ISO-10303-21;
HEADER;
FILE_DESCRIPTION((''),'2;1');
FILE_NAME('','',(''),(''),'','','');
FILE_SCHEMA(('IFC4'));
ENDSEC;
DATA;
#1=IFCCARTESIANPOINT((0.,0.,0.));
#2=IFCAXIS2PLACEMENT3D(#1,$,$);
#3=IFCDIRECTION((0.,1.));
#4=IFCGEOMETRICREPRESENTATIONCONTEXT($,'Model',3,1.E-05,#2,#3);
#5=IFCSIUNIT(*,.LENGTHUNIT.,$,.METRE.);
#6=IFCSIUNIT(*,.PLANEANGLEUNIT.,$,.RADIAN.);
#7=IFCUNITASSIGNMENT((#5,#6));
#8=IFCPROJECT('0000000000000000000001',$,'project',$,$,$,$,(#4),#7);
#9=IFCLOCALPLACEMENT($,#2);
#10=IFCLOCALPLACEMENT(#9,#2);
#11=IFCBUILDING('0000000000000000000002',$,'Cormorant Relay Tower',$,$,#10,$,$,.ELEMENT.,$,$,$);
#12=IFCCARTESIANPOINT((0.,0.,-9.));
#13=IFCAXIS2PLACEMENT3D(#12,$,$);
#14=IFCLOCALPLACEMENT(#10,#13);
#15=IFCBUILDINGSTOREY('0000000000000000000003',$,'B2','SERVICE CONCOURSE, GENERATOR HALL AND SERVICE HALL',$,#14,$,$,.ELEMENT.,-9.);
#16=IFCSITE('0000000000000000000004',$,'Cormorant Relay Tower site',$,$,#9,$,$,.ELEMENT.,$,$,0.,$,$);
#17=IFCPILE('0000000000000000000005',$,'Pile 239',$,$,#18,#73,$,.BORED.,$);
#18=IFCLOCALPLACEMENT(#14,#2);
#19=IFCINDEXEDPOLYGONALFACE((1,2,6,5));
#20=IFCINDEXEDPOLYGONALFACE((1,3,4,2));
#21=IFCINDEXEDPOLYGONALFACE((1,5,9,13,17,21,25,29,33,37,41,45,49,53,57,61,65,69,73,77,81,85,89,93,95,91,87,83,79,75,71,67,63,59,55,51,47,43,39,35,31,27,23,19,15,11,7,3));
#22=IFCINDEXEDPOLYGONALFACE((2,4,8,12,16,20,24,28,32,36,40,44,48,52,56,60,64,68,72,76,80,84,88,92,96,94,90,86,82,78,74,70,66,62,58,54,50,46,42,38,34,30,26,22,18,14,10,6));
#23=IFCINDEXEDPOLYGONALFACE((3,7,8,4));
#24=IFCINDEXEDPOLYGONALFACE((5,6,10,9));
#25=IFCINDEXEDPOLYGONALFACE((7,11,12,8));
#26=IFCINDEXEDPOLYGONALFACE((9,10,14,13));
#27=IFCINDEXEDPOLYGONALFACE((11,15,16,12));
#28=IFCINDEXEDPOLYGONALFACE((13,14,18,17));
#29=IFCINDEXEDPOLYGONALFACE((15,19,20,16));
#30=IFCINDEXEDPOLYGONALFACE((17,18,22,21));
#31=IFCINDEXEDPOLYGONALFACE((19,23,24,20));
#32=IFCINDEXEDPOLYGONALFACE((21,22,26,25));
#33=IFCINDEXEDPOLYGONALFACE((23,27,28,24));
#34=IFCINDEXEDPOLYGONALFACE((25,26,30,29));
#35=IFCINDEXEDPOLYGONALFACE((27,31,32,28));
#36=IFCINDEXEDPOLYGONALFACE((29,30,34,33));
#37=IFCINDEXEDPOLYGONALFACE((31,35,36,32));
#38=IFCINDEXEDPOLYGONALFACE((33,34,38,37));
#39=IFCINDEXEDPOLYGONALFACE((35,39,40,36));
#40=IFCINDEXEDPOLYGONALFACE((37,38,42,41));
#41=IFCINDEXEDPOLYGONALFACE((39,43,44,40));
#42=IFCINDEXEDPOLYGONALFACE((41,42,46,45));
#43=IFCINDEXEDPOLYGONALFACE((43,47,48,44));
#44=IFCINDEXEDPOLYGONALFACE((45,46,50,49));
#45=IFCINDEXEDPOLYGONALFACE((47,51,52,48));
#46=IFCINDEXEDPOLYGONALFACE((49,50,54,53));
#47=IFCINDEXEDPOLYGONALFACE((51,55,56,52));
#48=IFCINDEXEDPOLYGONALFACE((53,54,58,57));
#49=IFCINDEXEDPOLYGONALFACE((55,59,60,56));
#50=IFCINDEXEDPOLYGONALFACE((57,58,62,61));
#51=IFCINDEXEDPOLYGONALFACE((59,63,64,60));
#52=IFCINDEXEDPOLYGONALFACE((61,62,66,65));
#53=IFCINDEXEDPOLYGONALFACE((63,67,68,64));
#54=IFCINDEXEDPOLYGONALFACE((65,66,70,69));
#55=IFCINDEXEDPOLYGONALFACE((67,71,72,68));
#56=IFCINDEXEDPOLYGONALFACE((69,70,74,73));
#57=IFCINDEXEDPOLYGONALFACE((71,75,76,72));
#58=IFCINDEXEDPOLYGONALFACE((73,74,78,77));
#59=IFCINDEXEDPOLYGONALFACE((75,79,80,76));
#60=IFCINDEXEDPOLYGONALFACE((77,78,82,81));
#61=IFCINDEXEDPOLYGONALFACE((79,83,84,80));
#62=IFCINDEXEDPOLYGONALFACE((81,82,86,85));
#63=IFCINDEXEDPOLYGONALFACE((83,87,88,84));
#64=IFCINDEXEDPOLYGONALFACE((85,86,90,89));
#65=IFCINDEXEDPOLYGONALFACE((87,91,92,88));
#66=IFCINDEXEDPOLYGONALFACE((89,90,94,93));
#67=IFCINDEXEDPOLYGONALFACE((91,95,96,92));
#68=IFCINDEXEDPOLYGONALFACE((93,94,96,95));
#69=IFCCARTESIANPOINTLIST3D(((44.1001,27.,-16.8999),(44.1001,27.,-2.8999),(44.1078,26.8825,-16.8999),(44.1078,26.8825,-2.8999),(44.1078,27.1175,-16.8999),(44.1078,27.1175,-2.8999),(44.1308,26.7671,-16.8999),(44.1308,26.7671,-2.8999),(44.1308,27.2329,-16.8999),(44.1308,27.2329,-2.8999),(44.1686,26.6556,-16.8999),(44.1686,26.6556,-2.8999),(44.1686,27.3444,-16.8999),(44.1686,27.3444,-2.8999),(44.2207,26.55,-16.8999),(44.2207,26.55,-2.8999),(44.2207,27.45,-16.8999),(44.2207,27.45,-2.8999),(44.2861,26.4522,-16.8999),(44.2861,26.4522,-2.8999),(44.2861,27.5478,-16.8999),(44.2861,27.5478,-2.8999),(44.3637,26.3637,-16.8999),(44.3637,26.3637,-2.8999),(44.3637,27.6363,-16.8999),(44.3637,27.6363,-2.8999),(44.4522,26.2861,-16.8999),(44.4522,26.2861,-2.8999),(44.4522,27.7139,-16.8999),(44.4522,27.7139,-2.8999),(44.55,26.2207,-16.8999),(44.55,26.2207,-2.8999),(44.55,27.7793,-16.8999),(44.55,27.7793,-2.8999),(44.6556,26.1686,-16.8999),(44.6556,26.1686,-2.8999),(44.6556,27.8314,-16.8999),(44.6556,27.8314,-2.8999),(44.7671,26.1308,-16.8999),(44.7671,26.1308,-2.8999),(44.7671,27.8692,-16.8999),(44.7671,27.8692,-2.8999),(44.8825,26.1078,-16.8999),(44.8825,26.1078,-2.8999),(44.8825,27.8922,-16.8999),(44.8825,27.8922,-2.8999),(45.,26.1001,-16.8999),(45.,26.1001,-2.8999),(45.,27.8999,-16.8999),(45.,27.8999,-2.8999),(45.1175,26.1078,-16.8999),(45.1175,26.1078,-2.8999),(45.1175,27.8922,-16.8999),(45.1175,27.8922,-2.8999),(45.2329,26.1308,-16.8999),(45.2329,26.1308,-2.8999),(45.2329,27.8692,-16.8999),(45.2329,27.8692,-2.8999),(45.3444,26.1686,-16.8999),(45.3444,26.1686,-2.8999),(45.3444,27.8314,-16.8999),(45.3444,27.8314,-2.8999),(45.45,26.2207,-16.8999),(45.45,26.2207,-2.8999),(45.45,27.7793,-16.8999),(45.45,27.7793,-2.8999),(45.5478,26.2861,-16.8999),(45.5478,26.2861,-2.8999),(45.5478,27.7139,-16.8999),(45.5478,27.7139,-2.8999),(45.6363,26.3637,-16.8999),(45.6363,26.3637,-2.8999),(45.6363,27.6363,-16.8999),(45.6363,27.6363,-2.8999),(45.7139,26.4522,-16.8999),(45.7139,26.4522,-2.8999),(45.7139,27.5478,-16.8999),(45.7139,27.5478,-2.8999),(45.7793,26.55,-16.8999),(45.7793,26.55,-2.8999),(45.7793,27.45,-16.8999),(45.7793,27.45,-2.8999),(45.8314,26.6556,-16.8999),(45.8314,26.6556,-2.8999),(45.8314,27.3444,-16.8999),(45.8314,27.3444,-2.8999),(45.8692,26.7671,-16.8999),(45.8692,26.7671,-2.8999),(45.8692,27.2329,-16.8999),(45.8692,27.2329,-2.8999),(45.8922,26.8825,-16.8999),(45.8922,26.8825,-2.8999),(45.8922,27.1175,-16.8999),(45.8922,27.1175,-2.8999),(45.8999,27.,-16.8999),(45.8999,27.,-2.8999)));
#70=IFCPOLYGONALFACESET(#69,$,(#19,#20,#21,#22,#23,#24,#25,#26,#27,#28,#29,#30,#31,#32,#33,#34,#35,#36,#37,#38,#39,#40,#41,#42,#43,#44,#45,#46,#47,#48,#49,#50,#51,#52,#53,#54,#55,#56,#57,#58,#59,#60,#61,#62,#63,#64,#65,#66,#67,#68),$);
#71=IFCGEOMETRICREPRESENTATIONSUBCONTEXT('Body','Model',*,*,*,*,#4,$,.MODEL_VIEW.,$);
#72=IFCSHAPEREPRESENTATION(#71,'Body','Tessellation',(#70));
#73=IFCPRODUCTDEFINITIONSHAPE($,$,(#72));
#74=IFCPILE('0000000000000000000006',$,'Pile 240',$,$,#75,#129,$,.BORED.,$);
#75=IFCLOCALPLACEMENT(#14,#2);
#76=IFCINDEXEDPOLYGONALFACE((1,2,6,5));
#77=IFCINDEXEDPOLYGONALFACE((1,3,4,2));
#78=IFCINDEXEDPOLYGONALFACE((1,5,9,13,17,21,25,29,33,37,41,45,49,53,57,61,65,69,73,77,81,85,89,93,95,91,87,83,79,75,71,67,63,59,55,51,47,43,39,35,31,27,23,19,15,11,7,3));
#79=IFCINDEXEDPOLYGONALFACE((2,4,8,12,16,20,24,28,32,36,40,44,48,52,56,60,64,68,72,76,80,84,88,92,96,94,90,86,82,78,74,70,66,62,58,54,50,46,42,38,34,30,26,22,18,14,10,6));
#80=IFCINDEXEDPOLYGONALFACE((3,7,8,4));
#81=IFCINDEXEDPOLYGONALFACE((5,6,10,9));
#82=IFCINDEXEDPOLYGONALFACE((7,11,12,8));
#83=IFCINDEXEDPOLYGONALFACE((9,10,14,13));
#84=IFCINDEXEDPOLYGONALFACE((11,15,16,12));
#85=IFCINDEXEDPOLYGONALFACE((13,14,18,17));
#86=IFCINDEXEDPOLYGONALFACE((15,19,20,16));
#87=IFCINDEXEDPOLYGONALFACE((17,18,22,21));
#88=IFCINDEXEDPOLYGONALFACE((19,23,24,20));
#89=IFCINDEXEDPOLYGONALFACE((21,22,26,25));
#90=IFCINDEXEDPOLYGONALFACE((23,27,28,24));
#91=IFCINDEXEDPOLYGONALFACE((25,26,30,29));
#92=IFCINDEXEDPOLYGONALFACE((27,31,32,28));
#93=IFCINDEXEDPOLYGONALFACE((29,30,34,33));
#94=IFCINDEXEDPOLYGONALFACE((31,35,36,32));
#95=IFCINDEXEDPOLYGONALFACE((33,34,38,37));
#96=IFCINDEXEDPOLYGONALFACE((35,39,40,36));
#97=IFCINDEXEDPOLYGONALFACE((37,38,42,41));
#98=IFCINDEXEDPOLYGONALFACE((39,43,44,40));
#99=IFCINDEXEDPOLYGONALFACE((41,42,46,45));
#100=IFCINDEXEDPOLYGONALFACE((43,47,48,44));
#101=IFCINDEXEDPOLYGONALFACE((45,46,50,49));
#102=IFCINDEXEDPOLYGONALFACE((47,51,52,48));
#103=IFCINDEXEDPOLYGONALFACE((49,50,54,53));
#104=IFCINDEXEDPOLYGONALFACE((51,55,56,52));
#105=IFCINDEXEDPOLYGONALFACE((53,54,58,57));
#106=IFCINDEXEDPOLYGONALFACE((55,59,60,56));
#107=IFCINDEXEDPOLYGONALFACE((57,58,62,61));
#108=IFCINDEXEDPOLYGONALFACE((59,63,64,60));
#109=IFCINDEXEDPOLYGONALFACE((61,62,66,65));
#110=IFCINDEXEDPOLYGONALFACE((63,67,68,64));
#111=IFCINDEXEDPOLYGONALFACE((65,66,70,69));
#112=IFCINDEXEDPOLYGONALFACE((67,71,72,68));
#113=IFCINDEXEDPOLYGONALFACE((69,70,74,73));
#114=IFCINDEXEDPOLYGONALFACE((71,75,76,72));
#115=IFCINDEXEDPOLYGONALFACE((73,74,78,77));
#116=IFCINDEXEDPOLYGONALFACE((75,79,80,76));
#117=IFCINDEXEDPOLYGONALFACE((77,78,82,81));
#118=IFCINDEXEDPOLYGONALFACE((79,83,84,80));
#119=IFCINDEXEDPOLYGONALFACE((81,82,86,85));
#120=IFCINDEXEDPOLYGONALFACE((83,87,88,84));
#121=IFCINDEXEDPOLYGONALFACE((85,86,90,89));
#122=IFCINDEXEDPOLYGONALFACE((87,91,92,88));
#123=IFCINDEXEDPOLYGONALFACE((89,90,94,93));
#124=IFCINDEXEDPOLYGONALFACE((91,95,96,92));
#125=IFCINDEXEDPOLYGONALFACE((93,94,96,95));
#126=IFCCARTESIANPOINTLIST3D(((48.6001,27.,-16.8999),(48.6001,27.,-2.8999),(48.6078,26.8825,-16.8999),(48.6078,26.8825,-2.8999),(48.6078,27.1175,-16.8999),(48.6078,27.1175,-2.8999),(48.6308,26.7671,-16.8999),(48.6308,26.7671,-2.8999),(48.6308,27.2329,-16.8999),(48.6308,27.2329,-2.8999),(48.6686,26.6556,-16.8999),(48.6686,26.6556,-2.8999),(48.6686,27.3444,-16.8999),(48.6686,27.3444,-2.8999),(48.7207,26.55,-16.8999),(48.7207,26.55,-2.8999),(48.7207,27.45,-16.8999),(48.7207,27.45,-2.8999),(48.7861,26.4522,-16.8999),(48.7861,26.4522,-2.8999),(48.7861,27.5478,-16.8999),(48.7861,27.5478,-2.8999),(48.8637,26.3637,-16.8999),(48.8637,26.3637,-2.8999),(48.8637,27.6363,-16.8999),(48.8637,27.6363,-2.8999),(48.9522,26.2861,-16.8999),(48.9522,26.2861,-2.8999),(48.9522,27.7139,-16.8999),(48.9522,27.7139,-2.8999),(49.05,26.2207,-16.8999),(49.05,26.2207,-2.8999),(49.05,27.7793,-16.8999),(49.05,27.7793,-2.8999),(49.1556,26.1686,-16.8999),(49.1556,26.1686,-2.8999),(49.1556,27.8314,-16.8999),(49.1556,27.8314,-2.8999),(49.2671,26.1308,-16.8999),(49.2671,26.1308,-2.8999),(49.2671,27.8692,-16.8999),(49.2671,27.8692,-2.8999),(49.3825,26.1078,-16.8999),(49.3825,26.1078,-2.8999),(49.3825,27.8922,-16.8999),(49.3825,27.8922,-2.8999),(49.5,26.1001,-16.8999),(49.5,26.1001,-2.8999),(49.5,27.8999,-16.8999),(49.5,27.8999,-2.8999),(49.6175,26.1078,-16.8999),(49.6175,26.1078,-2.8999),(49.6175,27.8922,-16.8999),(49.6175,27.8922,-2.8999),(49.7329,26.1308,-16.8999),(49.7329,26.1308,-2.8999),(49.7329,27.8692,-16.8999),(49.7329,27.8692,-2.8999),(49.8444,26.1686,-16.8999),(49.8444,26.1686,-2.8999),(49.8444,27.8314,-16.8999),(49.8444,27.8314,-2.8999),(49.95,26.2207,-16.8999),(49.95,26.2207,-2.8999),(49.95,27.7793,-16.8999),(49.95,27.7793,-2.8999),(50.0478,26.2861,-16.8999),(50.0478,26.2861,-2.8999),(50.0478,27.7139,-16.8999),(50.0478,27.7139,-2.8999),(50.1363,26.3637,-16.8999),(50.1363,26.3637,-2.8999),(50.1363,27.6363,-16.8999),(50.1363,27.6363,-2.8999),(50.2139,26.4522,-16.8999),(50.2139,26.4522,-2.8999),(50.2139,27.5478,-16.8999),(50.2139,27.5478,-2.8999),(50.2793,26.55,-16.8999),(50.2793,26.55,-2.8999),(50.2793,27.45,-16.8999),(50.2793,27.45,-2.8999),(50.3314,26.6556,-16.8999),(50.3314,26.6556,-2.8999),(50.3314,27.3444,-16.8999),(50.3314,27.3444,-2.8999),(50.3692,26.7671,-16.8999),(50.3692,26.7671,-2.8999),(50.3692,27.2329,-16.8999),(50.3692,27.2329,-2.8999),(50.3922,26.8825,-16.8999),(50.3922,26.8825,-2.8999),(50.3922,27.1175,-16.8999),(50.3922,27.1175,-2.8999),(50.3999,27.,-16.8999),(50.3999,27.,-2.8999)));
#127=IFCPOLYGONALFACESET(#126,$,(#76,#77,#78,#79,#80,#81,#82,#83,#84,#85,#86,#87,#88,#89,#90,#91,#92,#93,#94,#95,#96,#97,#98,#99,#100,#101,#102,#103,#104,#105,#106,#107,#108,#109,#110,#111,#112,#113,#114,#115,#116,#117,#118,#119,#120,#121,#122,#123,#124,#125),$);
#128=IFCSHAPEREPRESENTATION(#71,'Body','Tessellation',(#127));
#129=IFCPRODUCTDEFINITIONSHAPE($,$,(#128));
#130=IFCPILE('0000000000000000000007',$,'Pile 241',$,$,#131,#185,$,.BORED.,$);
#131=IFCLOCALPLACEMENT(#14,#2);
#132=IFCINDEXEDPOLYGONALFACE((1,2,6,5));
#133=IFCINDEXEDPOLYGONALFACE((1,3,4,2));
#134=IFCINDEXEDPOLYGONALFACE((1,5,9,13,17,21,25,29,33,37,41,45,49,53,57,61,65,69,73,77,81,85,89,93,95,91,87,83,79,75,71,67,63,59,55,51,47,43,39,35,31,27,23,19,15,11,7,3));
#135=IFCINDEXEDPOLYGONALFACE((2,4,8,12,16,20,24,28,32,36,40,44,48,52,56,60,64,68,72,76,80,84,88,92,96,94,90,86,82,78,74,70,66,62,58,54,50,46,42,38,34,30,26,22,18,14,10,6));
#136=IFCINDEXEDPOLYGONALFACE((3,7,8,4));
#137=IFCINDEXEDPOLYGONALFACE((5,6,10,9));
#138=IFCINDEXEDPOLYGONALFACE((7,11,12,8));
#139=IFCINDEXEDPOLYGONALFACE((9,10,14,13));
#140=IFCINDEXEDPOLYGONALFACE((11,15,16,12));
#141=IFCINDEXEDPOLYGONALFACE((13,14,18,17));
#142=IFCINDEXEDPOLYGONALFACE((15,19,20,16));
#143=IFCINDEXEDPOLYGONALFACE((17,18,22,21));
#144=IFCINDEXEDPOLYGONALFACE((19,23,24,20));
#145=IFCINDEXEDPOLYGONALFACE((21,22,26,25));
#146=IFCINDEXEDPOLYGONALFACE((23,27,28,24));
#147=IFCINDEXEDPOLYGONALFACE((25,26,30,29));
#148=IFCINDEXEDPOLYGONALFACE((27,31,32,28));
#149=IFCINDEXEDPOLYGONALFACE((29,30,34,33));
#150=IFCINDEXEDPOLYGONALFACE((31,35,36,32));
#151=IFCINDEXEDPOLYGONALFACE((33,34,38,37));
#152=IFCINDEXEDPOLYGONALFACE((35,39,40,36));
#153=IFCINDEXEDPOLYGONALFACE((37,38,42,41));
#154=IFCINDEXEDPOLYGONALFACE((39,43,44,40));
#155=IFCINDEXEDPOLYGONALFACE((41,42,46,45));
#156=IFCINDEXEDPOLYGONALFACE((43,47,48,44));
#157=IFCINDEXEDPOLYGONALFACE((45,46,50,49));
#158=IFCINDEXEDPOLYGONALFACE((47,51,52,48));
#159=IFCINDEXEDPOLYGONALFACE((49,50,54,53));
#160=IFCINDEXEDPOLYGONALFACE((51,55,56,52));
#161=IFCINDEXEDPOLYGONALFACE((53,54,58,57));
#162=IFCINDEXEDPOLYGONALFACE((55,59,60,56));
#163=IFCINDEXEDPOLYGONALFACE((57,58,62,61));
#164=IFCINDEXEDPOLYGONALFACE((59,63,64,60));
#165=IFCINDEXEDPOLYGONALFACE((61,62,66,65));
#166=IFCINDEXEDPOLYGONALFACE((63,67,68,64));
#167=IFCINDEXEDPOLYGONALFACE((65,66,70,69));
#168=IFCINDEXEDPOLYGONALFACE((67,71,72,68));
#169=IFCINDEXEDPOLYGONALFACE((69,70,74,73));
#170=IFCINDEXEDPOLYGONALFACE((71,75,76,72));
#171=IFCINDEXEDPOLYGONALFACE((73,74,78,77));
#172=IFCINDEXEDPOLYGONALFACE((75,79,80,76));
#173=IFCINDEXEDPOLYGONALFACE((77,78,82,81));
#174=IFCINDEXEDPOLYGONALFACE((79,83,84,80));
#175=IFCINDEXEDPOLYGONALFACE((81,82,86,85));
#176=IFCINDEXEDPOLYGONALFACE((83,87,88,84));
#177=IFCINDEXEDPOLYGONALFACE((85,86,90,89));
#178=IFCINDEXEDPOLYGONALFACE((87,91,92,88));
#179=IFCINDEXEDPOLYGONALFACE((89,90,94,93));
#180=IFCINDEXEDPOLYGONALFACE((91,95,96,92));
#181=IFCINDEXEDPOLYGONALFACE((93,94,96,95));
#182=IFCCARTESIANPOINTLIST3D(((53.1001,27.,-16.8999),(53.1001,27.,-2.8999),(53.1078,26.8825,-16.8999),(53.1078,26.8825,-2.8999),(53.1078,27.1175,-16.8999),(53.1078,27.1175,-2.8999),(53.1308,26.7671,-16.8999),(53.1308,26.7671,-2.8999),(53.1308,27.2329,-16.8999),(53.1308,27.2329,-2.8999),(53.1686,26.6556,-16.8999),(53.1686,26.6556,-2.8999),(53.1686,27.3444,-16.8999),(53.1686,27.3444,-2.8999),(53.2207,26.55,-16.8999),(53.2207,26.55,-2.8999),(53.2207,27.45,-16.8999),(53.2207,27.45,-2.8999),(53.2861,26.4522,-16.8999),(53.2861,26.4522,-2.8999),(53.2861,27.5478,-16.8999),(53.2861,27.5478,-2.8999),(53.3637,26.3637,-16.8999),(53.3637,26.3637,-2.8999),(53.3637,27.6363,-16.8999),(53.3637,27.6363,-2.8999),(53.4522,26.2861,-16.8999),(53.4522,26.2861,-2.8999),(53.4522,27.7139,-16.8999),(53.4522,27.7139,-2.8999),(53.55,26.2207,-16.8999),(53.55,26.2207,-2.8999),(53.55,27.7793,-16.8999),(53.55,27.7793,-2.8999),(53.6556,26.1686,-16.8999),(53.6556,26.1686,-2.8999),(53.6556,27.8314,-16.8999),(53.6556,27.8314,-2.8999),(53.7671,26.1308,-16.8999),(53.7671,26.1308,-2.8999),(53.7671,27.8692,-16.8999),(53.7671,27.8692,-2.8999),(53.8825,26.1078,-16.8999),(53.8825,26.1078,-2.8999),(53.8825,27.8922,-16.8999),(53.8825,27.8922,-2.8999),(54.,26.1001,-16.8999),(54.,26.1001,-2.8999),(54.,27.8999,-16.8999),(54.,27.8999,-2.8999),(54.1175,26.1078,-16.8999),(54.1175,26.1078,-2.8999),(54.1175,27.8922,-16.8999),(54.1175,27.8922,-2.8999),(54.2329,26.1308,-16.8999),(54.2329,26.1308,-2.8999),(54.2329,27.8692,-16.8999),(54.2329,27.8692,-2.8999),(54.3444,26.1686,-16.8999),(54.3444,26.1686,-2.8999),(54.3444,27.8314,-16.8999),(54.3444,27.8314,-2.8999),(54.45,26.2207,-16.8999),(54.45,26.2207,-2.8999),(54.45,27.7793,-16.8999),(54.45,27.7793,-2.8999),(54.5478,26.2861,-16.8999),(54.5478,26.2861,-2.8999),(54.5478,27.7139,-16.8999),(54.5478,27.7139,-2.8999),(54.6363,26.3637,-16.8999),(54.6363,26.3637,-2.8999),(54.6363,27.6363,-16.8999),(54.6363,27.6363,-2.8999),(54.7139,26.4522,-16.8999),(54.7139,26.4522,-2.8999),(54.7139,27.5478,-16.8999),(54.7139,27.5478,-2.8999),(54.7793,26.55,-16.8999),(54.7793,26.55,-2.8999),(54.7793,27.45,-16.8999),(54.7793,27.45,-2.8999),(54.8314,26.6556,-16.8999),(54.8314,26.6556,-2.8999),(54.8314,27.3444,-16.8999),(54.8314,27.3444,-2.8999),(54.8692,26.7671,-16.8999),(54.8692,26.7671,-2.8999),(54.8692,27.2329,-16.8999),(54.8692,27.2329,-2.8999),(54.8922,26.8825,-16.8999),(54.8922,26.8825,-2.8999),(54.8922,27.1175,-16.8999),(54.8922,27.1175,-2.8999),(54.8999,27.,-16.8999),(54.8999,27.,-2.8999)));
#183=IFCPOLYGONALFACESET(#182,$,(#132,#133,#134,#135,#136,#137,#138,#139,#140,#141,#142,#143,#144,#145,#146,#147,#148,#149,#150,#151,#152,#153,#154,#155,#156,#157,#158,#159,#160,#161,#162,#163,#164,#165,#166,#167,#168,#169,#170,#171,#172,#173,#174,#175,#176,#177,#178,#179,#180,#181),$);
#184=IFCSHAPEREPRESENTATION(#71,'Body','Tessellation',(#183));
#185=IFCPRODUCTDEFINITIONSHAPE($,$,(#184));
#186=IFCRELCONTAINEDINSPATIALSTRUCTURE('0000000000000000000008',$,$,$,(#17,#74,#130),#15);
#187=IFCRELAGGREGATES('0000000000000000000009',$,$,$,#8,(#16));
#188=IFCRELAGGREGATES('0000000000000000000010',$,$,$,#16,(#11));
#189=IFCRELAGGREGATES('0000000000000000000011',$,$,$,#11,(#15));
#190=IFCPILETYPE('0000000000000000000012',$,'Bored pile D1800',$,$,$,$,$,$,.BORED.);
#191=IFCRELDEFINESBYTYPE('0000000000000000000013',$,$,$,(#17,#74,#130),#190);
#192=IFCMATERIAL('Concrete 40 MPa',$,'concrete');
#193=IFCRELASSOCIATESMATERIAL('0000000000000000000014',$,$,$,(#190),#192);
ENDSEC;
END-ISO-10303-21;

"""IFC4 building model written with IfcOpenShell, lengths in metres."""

from ifc_helpers import new_model, si_unit, direction, frame, origin, origin_2d, place, context, subcontext, project, spatial, circle, extrude, material, material_profile, profile_set, type_object, element, save


model = new_model("IFC4")

# Units and contexts
model_context = context("Model", 3, precision=1e-05, world=origin(), true_north=direction((0.0, 1.0)))
body_context = subcontext(model_context, "Body", "Model", "MODEL_VIEW")
ifc_project = project(units=[si_unit("LENGTHUNIT", "METRE"), si_unit("PLANEANGLEUNIT", "RADIAN")], contexts=[model_context])

# Site, building, storey
site_placement = place(None, origin())
site = spatial("IfcSite", under=ifc_project, at=site_placement, Name="Cormorant Relay Tower site", CompositionType="ELEMENT", RefElevation=0.0)
building_placement = place(site_placement, origin())
building = spatial("IfcBuilding", under=site, at=building_placement, Name="Cormorant Relay Tower", CompositionType="ELEMENT")
storey_placement = place(building_placement, frame((0.0, 0.0, -9.0)))
storey = spatial("IfcBuildingStorey", under=building, at=storey_placement, Name="B2", Description="SERVICE CONCOURSE, GENERATOR HALL AND SERVICE HALL", CompositionType="ELEMENT", Elevation=-9.0)

# Piles
ifc_material_1 = material(Name="Concrete 40 MPa", Category="concrete")
ifc_material_profile_1 = material_profile(ifc_material_1, circle(Radius=0.8999, at=origin_2d()), Name="BP1800")
ifc_profile_set_1 = profile_set([ifc_material_profile_1], Name="Concrete 40 MPa")
pile_type = type_object("IfcPileType", Name="Bored pile D1800", PredefinedType="BORED", material=ifc_profile_set_1)
for number, where, z_axis, x_axis, name in (
    (1, (45.0, 27.0, -2.8999), (0.0, 0.0, -1.0), (1.0, 0.0, 0.0), "Pile 239"),
    (2, (49.5, 27.0, -2.8999), (0.0, 0.0, -1.0), (1.0, 0.0, 0.0), "Pile 240"),
    (3, (54.0, 27.0, -2.8999), (0.0, 0.0, -1.0), (1.0, 0.0, 0.0), "Pile 241"),
):
    element("IfcPile", number, at=place(storey_placement, frame(where, z_axis=z_axis, x_axis=x_axis)), inside=storey, type_object=pile_type, Name=name, PredefinedType="BORED", context=body_context, shape_type="SweptSolid", body=[
        extrude(circle(Radius=0.8999, at=origin_2d()), origin(), (0.0, 0.0, 1.0), 14.0),
    ])

save(model, "model.ifc")
